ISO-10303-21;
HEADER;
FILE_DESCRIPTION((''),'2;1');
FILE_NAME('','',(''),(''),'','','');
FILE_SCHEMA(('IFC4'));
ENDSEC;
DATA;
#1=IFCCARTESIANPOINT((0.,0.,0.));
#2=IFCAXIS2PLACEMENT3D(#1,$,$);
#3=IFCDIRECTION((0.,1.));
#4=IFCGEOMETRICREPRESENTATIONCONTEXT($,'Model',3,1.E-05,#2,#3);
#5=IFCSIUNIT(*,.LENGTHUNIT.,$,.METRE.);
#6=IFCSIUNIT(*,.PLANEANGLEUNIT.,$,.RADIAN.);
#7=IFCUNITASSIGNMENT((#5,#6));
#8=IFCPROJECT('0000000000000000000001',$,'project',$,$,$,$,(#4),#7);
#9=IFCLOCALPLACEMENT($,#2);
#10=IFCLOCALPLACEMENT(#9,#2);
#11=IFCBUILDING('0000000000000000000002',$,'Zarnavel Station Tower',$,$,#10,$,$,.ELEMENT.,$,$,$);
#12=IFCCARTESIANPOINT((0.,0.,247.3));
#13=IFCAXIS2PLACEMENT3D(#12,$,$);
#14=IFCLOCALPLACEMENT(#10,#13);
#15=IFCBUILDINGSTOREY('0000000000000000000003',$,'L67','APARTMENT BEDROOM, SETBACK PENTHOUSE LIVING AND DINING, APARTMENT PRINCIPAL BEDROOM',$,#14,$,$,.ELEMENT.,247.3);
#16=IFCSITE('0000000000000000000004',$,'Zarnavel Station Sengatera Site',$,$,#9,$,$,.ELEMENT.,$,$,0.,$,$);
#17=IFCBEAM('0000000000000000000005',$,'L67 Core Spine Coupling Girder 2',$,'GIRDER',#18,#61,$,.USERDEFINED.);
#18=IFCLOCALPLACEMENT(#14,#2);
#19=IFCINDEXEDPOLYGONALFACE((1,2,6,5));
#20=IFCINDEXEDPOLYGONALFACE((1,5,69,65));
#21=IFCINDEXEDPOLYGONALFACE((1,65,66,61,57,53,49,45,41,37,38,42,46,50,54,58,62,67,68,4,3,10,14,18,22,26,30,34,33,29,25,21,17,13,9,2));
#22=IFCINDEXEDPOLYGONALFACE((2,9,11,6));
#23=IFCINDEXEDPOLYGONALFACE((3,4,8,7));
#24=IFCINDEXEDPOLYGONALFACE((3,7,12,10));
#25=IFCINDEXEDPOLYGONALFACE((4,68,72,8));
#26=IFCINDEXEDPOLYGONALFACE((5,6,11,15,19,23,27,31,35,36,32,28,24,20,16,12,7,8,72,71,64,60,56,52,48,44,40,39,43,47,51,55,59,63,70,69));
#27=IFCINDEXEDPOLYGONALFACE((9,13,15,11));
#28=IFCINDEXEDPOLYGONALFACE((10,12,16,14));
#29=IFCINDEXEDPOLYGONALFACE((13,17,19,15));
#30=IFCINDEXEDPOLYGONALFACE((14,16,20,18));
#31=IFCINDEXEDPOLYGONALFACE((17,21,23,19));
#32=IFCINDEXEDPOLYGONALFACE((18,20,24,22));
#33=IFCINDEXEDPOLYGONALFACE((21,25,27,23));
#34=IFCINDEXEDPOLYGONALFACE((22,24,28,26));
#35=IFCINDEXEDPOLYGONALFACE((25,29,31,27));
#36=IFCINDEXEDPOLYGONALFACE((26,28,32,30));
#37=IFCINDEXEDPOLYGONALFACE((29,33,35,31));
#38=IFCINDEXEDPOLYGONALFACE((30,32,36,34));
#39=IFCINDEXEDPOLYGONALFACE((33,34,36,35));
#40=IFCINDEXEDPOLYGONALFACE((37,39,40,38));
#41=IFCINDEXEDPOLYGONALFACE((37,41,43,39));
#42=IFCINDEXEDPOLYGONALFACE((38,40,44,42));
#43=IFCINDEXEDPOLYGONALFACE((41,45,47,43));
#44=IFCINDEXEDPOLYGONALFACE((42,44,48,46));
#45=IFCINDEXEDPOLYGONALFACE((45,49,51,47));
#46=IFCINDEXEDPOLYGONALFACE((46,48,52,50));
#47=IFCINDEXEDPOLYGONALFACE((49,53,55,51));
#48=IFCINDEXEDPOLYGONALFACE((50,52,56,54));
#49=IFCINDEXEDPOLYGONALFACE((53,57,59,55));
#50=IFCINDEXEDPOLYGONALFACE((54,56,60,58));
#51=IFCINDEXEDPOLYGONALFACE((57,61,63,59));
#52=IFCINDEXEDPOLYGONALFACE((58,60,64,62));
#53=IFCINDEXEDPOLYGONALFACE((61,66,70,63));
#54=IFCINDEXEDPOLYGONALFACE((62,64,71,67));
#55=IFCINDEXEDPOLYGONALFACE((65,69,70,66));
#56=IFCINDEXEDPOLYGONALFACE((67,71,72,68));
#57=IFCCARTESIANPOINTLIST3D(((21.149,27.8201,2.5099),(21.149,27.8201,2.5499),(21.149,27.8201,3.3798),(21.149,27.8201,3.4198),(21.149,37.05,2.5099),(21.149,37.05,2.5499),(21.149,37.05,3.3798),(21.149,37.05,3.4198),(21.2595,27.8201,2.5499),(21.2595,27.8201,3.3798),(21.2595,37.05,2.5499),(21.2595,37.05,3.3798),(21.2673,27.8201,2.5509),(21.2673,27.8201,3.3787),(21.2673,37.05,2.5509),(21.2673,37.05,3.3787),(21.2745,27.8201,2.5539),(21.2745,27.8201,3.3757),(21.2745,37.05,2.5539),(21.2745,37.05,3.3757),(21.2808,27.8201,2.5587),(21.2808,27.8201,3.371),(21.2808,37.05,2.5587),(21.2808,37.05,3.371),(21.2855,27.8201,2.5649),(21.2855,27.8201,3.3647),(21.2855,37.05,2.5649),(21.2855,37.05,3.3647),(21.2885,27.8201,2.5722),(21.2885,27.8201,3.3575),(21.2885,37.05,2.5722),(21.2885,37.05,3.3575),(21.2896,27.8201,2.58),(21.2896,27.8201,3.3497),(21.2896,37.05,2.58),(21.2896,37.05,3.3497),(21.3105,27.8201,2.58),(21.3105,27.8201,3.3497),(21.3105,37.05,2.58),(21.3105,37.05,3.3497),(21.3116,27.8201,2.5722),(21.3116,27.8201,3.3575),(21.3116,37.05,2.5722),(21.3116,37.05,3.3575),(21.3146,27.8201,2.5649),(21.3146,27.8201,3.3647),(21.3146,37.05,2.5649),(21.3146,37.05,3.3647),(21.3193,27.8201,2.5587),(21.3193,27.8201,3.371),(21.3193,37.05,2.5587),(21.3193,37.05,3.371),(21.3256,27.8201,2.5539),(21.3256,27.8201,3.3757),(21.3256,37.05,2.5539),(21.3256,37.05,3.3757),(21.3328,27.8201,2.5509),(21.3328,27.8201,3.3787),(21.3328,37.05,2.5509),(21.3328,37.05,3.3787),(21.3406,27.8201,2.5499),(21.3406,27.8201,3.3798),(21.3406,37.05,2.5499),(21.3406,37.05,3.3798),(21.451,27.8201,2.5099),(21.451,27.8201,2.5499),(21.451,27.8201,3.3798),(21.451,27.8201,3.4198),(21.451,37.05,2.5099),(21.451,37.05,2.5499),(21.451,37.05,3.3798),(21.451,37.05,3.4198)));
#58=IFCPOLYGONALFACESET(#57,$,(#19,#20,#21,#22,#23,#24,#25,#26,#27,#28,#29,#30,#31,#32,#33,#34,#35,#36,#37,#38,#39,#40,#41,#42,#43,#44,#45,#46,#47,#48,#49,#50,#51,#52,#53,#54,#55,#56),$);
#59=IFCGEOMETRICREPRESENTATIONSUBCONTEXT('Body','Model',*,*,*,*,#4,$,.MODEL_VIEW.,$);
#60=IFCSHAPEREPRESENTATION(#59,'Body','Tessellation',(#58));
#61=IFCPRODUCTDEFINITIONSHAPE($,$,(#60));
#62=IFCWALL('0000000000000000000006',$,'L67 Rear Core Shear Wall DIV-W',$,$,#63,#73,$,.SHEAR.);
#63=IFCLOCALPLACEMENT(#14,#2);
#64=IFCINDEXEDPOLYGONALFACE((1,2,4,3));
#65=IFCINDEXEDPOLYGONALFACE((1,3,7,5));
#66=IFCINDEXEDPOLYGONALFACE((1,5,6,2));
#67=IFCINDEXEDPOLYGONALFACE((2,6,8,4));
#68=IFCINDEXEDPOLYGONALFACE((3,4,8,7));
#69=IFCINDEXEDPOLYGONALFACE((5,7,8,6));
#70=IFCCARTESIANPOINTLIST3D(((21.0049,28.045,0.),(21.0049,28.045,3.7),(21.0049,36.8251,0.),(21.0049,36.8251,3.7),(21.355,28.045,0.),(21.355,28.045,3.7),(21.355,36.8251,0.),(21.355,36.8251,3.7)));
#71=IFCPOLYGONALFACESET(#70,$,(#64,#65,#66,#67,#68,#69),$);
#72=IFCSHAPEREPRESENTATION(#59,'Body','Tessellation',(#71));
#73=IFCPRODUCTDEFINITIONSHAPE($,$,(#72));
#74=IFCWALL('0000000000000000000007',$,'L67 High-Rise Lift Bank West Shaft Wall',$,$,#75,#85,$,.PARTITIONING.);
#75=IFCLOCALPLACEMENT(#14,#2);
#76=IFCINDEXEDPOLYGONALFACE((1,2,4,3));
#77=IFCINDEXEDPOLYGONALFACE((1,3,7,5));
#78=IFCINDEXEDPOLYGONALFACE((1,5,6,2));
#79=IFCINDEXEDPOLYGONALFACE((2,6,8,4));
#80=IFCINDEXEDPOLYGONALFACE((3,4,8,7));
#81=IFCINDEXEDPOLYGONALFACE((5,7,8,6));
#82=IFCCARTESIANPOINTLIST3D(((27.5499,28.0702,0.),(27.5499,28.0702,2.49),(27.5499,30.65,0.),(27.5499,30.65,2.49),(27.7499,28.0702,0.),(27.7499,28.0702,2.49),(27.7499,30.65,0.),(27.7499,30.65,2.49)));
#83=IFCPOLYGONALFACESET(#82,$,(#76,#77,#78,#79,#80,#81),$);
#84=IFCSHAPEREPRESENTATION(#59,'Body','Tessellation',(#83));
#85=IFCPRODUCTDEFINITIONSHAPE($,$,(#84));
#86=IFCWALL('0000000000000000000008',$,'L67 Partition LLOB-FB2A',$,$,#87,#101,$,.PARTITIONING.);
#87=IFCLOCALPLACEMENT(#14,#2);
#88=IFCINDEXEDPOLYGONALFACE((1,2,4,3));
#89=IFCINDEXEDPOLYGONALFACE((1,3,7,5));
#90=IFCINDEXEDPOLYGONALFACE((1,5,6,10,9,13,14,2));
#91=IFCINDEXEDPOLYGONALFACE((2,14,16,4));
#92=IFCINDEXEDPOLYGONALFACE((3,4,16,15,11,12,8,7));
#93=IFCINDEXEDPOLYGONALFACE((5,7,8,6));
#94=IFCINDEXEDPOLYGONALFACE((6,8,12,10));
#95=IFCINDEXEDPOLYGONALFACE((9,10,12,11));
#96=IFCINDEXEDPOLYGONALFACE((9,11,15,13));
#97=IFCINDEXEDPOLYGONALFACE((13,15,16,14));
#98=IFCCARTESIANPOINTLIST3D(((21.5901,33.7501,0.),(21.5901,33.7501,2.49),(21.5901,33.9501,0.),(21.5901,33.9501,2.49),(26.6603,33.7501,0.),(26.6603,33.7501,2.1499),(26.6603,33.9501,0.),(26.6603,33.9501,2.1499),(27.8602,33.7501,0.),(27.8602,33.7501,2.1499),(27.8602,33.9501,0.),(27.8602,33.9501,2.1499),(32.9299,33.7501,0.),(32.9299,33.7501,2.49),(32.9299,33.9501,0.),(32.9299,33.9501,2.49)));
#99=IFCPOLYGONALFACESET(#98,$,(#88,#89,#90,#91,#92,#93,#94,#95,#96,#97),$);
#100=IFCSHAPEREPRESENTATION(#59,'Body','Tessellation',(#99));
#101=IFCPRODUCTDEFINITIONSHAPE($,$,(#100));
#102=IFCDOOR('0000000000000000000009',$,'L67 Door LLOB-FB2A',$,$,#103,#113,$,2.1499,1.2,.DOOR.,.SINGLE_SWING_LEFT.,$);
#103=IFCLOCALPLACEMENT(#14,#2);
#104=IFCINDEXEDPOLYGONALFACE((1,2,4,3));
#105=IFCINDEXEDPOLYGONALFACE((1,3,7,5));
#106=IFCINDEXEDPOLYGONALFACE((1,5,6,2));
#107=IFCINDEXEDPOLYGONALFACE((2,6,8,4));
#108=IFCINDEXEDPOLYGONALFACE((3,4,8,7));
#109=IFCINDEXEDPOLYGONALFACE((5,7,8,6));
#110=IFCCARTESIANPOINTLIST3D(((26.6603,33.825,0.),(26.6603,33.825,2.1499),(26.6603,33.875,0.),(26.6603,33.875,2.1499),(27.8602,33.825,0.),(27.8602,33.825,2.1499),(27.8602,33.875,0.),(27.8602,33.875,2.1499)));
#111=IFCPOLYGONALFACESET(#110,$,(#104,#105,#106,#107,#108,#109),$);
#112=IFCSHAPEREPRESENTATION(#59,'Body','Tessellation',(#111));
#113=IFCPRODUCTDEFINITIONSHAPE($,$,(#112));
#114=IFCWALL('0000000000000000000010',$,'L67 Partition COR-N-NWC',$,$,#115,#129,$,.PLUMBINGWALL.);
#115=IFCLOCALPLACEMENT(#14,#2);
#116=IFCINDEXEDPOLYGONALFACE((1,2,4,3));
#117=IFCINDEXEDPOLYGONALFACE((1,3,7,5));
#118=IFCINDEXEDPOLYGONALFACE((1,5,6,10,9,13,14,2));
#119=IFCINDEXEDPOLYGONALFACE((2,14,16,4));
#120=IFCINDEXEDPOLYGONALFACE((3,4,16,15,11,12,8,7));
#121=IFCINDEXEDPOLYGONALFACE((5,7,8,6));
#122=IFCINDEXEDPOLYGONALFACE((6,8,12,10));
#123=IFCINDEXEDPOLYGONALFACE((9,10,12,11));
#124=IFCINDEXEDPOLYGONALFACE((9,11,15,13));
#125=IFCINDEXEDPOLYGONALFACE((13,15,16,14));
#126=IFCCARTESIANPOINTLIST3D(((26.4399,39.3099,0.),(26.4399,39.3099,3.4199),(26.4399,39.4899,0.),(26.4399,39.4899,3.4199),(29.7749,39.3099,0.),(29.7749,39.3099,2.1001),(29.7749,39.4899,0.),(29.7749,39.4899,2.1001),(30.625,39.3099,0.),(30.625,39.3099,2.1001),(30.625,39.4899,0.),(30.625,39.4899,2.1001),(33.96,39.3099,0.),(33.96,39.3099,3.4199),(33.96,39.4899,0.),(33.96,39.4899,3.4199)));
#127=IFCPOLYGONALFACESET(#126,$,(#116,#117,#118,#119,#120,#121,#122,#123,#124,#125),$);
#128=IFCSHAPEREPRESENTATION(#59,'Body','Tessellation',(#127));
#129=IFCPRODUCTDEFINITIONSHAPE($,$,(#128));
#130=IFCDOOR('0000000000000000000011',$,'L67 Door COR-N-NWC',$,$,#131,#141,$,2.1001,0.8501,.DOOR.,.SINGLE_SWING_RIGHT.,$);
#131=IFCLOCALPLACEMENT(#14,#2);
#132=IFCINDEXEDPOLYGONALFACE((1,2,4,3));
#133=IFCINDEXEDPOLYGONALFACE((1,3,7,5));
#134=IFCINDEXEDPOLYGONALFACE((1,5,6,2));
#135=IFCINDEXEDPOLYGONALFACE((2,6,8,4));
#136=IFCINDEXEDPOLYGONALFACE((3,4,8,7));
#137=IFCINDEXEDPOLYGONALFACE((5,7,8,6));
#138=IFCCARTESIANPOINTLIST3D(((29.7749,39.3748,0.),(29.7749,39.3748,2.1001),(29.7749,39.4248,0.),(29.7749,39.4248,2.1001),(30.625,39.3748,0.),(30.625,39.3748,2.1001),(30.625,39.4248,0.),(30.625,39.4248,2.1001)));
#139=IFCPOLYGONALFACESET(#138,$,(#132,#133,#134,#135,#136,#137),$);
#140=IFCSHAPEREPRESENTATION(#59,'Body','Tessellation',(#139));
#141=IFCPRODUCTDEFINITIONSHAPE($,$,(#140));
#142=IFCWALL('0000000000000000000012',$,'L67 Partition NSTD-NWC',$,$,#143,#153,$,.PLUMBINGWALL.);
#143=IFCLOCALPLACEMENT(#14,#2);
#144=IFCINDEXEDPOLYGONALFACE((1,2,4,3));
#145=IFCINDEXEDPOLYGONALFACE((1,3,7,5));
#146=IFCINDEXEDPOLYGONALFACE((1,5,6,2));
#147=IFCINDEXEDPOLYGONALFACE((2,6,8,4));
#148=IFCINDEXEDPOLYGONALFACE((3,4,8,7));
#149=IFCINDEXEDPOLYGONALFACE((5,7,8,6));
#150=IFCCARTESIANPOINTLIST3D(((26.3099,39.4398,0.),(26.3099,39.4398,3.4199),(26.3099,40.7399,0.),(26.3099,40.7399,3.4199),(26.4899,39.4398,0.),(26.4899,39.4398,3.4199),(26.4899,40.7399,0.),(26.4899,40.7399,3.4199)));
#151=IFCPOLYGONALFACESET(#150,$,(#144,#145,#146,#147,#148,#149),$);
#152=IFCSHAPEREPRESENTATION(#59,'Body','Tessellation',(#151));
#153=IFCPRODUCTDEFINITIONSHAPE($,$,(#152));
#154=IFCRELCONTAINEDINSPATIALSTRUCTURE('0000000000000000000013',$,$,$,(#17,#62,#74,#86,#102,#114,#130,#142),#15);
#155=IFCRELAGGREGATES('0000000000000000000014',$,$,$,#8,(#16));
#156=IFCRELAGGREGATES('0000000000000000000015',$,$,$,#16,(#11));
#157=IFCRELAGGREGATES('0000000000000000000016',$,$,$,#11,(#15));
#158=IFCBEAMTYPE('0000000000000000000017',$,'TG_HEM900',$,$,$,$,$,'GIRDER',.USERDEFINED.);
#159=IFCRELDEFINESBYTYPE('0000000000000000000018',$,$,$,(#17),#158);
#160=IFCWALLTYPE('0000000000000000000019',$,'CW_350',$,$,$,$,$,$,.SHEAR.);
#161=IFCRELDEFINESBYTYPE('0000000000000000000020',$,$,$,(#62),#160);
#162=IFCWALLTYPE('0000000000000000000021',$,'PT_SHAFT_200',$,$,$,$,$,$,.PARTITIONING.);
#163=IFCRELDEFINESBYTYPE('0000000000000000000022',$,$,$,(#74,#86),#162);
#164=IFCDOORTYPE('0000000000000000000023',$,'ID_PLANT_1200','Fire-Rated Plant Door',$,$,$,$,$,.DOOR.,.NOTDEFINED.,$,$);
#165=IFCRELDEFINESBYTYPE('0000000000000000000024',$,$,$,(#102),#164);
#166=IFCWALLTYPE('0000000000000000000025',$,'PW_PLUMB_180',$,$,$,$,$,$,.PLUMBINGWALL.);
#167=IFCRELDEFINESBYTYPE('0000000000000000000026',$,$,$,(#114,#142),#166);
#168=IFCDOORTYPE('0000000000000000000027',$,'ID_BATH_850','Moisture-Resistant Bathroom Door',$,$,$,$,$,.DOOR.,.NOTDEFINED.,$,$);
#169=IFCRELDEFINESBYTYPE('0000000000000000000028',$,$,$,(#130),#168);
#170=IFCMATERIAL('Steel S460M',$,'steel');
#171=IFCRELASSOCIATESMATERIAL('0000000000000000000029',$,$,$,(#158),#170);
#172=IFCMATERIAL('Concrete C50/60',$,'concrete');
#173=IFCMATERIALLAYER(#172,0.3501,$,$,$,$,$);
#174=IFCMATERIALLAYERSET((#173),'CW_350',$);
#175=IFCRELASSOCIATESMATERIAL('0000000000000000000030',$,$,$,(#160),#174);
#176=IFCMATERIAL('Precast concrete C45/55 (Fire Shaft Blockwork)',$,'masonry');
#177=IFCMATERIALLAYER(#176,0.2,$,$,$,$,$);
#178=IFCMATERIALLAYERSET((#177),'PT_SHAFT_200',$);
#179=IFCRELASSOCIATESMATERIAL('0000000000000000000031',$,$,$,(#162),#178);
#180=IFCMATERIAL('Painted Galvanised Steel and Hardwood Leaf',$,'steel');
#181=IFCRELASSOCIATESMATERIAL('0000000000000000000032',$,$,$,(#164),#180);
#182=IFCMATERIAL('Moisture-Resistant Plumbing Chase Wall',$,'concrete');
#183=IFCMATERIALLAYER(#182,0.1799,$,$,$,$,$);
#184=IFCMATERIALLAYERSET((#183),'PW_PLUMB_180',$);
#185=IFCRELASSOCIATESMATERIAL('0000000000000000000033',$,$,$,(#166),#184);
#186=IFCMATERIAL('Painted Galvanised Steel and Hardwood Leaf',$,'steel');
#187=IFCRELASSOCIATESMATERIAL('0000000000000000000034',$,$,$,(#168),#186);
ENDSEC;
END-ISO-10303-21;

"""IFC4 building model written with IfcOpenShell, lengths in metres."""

from ifc_helpers import new_model, si_unit, direction, frame, frame_2d, origin, origin_2d, place, context, subcontext, project, spatial, rectangle, i_section, extrude, material, layer, layer_set, material_profile, profile_set, type_object, element, fill, save


model = new_model("IFC4")

# Units and contexts
model_context = context("Model", 3, precision=1e-05, world=origin(), true_north=direction((0.0, 1.0)))
body_context = subcontext(model_context, "Body", "Model", "MODEL_VIEW")
ifc_project = project(units=[si_unit("LENGTHUNIT", "METRE"), si_unit("PLANEANGLEUNIT", "RADIAN")], contexts=[model_context])

# Site, building, storey
site_placement = place(None, origin())
site = spatial("IfcSite", under=ifc_project, at=site_placement, Name="Zarnavel Station Sengatera Site", CompositionType="ELEMENT", RefElevation=0.0)
building_placement = place(site_placement, origin())
building = spatial("IfcBuilding", under=site, at=building_placement, Name="Zarnavel Station Tower", CompositionType="ELEMENT")
storey_placement = place(building_placement, frame((0.0, 0.0, 247.3)))
storey = spatial("IfcBuildingStorey", under=building, at=storey_placement, Name="L67", Description="APARTMENT BEDROOM, SETBACK PENTHOUSE LIVING AND DINING, APARTMENT PRINCIPAL BEDROOM", CompositionType="ELEMENT", Elevation=247.3)

# Beam
ifc_material_1 = material(Name="Steel S460M", Category="steel")
ifc_material_profile_1 = material_profile(ifc_material_1, i_section(OverallWidth=0.302, OverallDepth=0.9099, WebThickness=0.021, FlangeThickness=0.04, FilletRadius=0.03, at=origin_2d()), Name="HEM900")
ifc_profile_set_1 = profile_set([ifc_material_profile_1], Name="Steel S460M")
beam_type_1 = type_object("IfcBeamType", Name="TG_HEM900", ElementType="GIRDER", PredefinedType="USERDEFINED", material=ifc_profile_set_1)
beam_1_placement = place(storey_placement, frame((21.3, 27.8201, 2.9648), z_axis=(0.0, 1.0, 0.0), x_axis=(-1.0, 0.0, 0.0)))
element("IfcBeam", 1, at=beam_1_placement, inside=storey, type_object=beam_type_1, Name="L67 Core Spine Coupling Girder 2", ObjectType="GIRDER", PredefinedType="USERDEFINED", context=body_context, shape_type="SweptSolid", body=[
    extrude(i_section(OverallWidth=0.302, OverallDepth=0.9099, WebThickness=0.021, FlangeThickness=0.04, FilletRadius=0.03, at=origin_2d()), origin(), (0.0, 0.0, 1.0), 9.23),
])

# Wall
ifc_material_2 = material(Name="Concrete C50/60", Category="concrete")
ifc_layer_1 = layer(ifc_material_2, 0.3501)
ifc_layer_set_1 = layer_set([ifc_layer_1], Name="CW_350")
wall_type_1 = type_object("IfcWallType", Name="CW_350", PredefinedType="SHEAR", material=ifc_layer_set_1)
wall_1_placement = place(storey_placement, frame((21.1799, 28.0449, 0.0), z_axis=(0.0, 0.0, 1.0), x_axis=(0.0, 1.0, 0.0)))
element("IfcWall", 2, at=wall_1_placement, inside=storey, type_object=wall_type_1, Name="L67 Rear Core Shear Wall DIV-W", PredefinedType="SHEAR", context=body_context, shape_type="SweptSolid", body=[
    extrude(rectangle(XDim=8.78, YDim=0.3501, at=frame_2d((4.3901, 0.0))), origin(), (0.0, 0.0, 1.0), 3.7),
])

# Wall
ifc_material_3 = material(Name="Precast concrete C45/55 (Fire Shaft Blockwork)", Category="masonry")
ifc_layer_2 = layer(ifc_material_3, 0.2)
ifc_layer_set_2 = layer_set([ifc_layer_2], Name="PT_SHAFT_200")
wall_type_2 = type_object("IfcWallType", Name="PT_SHAFT_200", PredefinedType="PARTITIONING", material=ifc_layer_set_2)
wall_2_placement = place(storey_placement, frame((27.6499, 28.0701, 0.0), z_axis=(0.0, 0.0, 1.0), x_axis=(0.0, 1.0, 0.0)))
element("IfcWall", 3, at=wall_2_placement, inside=storey, type_object=wall_type_2, Name="L67 High-Rise Lift Bank West Shaft Wall", PredefinedType="PARTITIONING", context=body_context, shape_type="SweptSolid", body=[
    extrude(rectangle(XDim=2.5798, YDim=0.2, at=frame_2d((1.29, 0.0))), origin(), (0.0, 0.0, 1.0), 2.49),
])

# Walls, openings, doors
ifc_material_4 = material(Name="Painted Galvanised Steel and Hardwood Leaf", Category="steel")
door_type_1 = type_object("IfcDoorType", Name="ID_PLANT_1200", Description="Fire-Rated Plant Door", OperationType="NOTDEFINED", PredefinedType="DOOR", material=ifc_material_4)
wall_3_placement = place(storey_placement, frame((21.5901, 33.8501, 0.0), z_axis=(0.0, 0.0, 1.0), x_axis=(1.0, 0.0, 0.0)))
wall_3 = element("IfcWall", 4, at=wall_3_placement, inside=storey, type_object=wall_type_2, Name="L67 Partition LLOB-FB2A", PredefinedType="PARTITIONING", context=body_context, shape_type="SweptSolid", body=[
    extrude(rectangle(XDim=11.3398, YDim=0.2, at=frame_2d((5.6699, 0.0))), origin(), (0.0, 0.0, 1.0), 2.49),
])
opening_1_placement = place(wall_3_placement, frame((5.0701, 0.0, 0.0)))
opening_1 = element("IfcOpeningElement", 5, at=opening_1_placement, cuts=wall_3, PredefinedType="OPENING", context=body_context, shape_type="SweptSolid", body=[
    extrude(rectangle(XDim=1.2, YDim=2.1499, at=frame_2d((0.6001, 1.075))), frame((0.0, 0.1099, 0.0), z_axis=(0.0, -1.0, 0.0), x_axis=(1.0, 0.0, 0.0)), (0.0, 0.0, 1.0), 0.22),
])
door_1_placement = place(opening_1_placement, origin())
door_1 = element("IfcDoor", 6, at=door_1_placement, inside=storey, type_object=door_type_1, Name="L67 Door LLOB-FB2A", OperationType="SINGLE_SWING_LEFT", OverallHeight=2.1499, OverallWidth=1.2, PredefinedType="DOOR", context=body_context, shape_type="SweptSolid", body=[
    extrude(rectangle(XDim=1.2, YDim=2.1499, at=frame_2d((0.6001, 1.075))), frame((0.0, 0.0249, 0.0), z_axis=(0.0, -1.0, 0.0), x_axis=(1.0, 0.0, 0.0)), (0.0, 0.0, 1.0), 0.05),
])
fill(opening_1, door_1)
ifc_material_5 = material(Name="Moisture-Resistant Plumbing Chase Wall", Category="concrete")
ifc_layer_3 = layer(ifc_material_5, 0.1799)
ifc_layer_set_3 = layer_set([ifc_layer_3], Name="PW_PLUMB_180")
wall_type_3 = type_object("IfcWallType", Name="PW_PLUMB_180", PredefinedType="PLUMBINGWALL", material=ifc_layer_set_3)
wall_4_placement = place(storey_placement, frame((26.4399, 39.3999, 0.0), z_axis=(0.0, 0.0, 1.0), x_axis=(1.0, 0.0, 0.0)))
wall_4 = element("IfcWall", 7, at=wall_4_placement, inside=storey, type_object=wall_type_3, Name="L67 Partition COR-N-NWC", PredefinedType="PLUMBINGWALL", context=body_context, shape_type="SweptSolid", body=[
    extrude(rectangle(XDim=7.52, YDim=0.1799, at=frame_2d((3.76, 0.0))), origin(), (0.0, 0.0, 1.0), 3.4199),
])
opening_2_placement = place(wall_4_placement, frame((3.335, 0.0, 0.0)))
opening_2 = element("IfcOpeningElement", 8, at=opening_2_placement, cuts=wall_4, PredefinedType="OPENING", context=body_context, shape_type="SweptSolid", body=[
    extrude(rectangle(XDim=0.8501, YDim=2.1001, at=frame_2d((0.425, 1.05))), frame((0.0, 0.0999, 0.0), z_axis=(0.0, -1.0, 0.0), x_axis=(1.0, 0.0, 0.0)), (0.0, 0.0, 1.0), 0.2),
])
ifc_material_6 = material(Name="Painted Galvanised Steel and Hardwood Leaf", Category="steel")
door_type_2 = type_object("IfcDoorType", Name="ID_BATH_850", Description="Moisture-Resistant Bathroom Door", OperationType="NOTDEFINED", PredefinedType="DOOR", material=ifc_material_6)
door_2_placement = place(opening_2_placement, origin())
door_2 = element("IfcDoor", 9, at=door_2_placement, inside=storey, type_object=door_type_2, Name="L67 Door COR-N-NWC", OperationType="SINGLE_SWING_RIGHT", OverallHeight=2.1001, OverallWidth=0.8501, PredefinedType="DOOR", context=body_context, shape_type="SweptSolid", body=[
    extrude(rectangle(XDim=0.8501, YDim=2.1001, at=frame_2d((0.425, 1.05))), frame((0.0, 0.0249, 0.0), z_axis=(0.0, -1.0, 0.0), x_axis=(1.0, 0.0, 0.0)), (0.0, 0.0, 1.0), 0.05),
])
fill(opening_2, door_2)

# Wall
wall_5_placement = place(storey_placement, frame((26.3999, 39.4399, 0.0), z_axis=(0.0, 0.0, 1.0), x_axis=(0.0, 1.0, 0.0)))
element("IfcWall", 10, at=wall_5_placement, inside=storey, type_object=wall_type_3, Name="L67 Partition NSTD-NWC", PredefinedType="PLUMBINGWALL", context=body_context, shape_type="SweptSolid", body=[
    extrude(rectangle(XDim=1.3, YDim=0.1799, at=frame_2d((0.6499, 0.0))), origin(), (0.0, 0.0, 1.0), 3.4199),
])

save(model, "model.ifc")
